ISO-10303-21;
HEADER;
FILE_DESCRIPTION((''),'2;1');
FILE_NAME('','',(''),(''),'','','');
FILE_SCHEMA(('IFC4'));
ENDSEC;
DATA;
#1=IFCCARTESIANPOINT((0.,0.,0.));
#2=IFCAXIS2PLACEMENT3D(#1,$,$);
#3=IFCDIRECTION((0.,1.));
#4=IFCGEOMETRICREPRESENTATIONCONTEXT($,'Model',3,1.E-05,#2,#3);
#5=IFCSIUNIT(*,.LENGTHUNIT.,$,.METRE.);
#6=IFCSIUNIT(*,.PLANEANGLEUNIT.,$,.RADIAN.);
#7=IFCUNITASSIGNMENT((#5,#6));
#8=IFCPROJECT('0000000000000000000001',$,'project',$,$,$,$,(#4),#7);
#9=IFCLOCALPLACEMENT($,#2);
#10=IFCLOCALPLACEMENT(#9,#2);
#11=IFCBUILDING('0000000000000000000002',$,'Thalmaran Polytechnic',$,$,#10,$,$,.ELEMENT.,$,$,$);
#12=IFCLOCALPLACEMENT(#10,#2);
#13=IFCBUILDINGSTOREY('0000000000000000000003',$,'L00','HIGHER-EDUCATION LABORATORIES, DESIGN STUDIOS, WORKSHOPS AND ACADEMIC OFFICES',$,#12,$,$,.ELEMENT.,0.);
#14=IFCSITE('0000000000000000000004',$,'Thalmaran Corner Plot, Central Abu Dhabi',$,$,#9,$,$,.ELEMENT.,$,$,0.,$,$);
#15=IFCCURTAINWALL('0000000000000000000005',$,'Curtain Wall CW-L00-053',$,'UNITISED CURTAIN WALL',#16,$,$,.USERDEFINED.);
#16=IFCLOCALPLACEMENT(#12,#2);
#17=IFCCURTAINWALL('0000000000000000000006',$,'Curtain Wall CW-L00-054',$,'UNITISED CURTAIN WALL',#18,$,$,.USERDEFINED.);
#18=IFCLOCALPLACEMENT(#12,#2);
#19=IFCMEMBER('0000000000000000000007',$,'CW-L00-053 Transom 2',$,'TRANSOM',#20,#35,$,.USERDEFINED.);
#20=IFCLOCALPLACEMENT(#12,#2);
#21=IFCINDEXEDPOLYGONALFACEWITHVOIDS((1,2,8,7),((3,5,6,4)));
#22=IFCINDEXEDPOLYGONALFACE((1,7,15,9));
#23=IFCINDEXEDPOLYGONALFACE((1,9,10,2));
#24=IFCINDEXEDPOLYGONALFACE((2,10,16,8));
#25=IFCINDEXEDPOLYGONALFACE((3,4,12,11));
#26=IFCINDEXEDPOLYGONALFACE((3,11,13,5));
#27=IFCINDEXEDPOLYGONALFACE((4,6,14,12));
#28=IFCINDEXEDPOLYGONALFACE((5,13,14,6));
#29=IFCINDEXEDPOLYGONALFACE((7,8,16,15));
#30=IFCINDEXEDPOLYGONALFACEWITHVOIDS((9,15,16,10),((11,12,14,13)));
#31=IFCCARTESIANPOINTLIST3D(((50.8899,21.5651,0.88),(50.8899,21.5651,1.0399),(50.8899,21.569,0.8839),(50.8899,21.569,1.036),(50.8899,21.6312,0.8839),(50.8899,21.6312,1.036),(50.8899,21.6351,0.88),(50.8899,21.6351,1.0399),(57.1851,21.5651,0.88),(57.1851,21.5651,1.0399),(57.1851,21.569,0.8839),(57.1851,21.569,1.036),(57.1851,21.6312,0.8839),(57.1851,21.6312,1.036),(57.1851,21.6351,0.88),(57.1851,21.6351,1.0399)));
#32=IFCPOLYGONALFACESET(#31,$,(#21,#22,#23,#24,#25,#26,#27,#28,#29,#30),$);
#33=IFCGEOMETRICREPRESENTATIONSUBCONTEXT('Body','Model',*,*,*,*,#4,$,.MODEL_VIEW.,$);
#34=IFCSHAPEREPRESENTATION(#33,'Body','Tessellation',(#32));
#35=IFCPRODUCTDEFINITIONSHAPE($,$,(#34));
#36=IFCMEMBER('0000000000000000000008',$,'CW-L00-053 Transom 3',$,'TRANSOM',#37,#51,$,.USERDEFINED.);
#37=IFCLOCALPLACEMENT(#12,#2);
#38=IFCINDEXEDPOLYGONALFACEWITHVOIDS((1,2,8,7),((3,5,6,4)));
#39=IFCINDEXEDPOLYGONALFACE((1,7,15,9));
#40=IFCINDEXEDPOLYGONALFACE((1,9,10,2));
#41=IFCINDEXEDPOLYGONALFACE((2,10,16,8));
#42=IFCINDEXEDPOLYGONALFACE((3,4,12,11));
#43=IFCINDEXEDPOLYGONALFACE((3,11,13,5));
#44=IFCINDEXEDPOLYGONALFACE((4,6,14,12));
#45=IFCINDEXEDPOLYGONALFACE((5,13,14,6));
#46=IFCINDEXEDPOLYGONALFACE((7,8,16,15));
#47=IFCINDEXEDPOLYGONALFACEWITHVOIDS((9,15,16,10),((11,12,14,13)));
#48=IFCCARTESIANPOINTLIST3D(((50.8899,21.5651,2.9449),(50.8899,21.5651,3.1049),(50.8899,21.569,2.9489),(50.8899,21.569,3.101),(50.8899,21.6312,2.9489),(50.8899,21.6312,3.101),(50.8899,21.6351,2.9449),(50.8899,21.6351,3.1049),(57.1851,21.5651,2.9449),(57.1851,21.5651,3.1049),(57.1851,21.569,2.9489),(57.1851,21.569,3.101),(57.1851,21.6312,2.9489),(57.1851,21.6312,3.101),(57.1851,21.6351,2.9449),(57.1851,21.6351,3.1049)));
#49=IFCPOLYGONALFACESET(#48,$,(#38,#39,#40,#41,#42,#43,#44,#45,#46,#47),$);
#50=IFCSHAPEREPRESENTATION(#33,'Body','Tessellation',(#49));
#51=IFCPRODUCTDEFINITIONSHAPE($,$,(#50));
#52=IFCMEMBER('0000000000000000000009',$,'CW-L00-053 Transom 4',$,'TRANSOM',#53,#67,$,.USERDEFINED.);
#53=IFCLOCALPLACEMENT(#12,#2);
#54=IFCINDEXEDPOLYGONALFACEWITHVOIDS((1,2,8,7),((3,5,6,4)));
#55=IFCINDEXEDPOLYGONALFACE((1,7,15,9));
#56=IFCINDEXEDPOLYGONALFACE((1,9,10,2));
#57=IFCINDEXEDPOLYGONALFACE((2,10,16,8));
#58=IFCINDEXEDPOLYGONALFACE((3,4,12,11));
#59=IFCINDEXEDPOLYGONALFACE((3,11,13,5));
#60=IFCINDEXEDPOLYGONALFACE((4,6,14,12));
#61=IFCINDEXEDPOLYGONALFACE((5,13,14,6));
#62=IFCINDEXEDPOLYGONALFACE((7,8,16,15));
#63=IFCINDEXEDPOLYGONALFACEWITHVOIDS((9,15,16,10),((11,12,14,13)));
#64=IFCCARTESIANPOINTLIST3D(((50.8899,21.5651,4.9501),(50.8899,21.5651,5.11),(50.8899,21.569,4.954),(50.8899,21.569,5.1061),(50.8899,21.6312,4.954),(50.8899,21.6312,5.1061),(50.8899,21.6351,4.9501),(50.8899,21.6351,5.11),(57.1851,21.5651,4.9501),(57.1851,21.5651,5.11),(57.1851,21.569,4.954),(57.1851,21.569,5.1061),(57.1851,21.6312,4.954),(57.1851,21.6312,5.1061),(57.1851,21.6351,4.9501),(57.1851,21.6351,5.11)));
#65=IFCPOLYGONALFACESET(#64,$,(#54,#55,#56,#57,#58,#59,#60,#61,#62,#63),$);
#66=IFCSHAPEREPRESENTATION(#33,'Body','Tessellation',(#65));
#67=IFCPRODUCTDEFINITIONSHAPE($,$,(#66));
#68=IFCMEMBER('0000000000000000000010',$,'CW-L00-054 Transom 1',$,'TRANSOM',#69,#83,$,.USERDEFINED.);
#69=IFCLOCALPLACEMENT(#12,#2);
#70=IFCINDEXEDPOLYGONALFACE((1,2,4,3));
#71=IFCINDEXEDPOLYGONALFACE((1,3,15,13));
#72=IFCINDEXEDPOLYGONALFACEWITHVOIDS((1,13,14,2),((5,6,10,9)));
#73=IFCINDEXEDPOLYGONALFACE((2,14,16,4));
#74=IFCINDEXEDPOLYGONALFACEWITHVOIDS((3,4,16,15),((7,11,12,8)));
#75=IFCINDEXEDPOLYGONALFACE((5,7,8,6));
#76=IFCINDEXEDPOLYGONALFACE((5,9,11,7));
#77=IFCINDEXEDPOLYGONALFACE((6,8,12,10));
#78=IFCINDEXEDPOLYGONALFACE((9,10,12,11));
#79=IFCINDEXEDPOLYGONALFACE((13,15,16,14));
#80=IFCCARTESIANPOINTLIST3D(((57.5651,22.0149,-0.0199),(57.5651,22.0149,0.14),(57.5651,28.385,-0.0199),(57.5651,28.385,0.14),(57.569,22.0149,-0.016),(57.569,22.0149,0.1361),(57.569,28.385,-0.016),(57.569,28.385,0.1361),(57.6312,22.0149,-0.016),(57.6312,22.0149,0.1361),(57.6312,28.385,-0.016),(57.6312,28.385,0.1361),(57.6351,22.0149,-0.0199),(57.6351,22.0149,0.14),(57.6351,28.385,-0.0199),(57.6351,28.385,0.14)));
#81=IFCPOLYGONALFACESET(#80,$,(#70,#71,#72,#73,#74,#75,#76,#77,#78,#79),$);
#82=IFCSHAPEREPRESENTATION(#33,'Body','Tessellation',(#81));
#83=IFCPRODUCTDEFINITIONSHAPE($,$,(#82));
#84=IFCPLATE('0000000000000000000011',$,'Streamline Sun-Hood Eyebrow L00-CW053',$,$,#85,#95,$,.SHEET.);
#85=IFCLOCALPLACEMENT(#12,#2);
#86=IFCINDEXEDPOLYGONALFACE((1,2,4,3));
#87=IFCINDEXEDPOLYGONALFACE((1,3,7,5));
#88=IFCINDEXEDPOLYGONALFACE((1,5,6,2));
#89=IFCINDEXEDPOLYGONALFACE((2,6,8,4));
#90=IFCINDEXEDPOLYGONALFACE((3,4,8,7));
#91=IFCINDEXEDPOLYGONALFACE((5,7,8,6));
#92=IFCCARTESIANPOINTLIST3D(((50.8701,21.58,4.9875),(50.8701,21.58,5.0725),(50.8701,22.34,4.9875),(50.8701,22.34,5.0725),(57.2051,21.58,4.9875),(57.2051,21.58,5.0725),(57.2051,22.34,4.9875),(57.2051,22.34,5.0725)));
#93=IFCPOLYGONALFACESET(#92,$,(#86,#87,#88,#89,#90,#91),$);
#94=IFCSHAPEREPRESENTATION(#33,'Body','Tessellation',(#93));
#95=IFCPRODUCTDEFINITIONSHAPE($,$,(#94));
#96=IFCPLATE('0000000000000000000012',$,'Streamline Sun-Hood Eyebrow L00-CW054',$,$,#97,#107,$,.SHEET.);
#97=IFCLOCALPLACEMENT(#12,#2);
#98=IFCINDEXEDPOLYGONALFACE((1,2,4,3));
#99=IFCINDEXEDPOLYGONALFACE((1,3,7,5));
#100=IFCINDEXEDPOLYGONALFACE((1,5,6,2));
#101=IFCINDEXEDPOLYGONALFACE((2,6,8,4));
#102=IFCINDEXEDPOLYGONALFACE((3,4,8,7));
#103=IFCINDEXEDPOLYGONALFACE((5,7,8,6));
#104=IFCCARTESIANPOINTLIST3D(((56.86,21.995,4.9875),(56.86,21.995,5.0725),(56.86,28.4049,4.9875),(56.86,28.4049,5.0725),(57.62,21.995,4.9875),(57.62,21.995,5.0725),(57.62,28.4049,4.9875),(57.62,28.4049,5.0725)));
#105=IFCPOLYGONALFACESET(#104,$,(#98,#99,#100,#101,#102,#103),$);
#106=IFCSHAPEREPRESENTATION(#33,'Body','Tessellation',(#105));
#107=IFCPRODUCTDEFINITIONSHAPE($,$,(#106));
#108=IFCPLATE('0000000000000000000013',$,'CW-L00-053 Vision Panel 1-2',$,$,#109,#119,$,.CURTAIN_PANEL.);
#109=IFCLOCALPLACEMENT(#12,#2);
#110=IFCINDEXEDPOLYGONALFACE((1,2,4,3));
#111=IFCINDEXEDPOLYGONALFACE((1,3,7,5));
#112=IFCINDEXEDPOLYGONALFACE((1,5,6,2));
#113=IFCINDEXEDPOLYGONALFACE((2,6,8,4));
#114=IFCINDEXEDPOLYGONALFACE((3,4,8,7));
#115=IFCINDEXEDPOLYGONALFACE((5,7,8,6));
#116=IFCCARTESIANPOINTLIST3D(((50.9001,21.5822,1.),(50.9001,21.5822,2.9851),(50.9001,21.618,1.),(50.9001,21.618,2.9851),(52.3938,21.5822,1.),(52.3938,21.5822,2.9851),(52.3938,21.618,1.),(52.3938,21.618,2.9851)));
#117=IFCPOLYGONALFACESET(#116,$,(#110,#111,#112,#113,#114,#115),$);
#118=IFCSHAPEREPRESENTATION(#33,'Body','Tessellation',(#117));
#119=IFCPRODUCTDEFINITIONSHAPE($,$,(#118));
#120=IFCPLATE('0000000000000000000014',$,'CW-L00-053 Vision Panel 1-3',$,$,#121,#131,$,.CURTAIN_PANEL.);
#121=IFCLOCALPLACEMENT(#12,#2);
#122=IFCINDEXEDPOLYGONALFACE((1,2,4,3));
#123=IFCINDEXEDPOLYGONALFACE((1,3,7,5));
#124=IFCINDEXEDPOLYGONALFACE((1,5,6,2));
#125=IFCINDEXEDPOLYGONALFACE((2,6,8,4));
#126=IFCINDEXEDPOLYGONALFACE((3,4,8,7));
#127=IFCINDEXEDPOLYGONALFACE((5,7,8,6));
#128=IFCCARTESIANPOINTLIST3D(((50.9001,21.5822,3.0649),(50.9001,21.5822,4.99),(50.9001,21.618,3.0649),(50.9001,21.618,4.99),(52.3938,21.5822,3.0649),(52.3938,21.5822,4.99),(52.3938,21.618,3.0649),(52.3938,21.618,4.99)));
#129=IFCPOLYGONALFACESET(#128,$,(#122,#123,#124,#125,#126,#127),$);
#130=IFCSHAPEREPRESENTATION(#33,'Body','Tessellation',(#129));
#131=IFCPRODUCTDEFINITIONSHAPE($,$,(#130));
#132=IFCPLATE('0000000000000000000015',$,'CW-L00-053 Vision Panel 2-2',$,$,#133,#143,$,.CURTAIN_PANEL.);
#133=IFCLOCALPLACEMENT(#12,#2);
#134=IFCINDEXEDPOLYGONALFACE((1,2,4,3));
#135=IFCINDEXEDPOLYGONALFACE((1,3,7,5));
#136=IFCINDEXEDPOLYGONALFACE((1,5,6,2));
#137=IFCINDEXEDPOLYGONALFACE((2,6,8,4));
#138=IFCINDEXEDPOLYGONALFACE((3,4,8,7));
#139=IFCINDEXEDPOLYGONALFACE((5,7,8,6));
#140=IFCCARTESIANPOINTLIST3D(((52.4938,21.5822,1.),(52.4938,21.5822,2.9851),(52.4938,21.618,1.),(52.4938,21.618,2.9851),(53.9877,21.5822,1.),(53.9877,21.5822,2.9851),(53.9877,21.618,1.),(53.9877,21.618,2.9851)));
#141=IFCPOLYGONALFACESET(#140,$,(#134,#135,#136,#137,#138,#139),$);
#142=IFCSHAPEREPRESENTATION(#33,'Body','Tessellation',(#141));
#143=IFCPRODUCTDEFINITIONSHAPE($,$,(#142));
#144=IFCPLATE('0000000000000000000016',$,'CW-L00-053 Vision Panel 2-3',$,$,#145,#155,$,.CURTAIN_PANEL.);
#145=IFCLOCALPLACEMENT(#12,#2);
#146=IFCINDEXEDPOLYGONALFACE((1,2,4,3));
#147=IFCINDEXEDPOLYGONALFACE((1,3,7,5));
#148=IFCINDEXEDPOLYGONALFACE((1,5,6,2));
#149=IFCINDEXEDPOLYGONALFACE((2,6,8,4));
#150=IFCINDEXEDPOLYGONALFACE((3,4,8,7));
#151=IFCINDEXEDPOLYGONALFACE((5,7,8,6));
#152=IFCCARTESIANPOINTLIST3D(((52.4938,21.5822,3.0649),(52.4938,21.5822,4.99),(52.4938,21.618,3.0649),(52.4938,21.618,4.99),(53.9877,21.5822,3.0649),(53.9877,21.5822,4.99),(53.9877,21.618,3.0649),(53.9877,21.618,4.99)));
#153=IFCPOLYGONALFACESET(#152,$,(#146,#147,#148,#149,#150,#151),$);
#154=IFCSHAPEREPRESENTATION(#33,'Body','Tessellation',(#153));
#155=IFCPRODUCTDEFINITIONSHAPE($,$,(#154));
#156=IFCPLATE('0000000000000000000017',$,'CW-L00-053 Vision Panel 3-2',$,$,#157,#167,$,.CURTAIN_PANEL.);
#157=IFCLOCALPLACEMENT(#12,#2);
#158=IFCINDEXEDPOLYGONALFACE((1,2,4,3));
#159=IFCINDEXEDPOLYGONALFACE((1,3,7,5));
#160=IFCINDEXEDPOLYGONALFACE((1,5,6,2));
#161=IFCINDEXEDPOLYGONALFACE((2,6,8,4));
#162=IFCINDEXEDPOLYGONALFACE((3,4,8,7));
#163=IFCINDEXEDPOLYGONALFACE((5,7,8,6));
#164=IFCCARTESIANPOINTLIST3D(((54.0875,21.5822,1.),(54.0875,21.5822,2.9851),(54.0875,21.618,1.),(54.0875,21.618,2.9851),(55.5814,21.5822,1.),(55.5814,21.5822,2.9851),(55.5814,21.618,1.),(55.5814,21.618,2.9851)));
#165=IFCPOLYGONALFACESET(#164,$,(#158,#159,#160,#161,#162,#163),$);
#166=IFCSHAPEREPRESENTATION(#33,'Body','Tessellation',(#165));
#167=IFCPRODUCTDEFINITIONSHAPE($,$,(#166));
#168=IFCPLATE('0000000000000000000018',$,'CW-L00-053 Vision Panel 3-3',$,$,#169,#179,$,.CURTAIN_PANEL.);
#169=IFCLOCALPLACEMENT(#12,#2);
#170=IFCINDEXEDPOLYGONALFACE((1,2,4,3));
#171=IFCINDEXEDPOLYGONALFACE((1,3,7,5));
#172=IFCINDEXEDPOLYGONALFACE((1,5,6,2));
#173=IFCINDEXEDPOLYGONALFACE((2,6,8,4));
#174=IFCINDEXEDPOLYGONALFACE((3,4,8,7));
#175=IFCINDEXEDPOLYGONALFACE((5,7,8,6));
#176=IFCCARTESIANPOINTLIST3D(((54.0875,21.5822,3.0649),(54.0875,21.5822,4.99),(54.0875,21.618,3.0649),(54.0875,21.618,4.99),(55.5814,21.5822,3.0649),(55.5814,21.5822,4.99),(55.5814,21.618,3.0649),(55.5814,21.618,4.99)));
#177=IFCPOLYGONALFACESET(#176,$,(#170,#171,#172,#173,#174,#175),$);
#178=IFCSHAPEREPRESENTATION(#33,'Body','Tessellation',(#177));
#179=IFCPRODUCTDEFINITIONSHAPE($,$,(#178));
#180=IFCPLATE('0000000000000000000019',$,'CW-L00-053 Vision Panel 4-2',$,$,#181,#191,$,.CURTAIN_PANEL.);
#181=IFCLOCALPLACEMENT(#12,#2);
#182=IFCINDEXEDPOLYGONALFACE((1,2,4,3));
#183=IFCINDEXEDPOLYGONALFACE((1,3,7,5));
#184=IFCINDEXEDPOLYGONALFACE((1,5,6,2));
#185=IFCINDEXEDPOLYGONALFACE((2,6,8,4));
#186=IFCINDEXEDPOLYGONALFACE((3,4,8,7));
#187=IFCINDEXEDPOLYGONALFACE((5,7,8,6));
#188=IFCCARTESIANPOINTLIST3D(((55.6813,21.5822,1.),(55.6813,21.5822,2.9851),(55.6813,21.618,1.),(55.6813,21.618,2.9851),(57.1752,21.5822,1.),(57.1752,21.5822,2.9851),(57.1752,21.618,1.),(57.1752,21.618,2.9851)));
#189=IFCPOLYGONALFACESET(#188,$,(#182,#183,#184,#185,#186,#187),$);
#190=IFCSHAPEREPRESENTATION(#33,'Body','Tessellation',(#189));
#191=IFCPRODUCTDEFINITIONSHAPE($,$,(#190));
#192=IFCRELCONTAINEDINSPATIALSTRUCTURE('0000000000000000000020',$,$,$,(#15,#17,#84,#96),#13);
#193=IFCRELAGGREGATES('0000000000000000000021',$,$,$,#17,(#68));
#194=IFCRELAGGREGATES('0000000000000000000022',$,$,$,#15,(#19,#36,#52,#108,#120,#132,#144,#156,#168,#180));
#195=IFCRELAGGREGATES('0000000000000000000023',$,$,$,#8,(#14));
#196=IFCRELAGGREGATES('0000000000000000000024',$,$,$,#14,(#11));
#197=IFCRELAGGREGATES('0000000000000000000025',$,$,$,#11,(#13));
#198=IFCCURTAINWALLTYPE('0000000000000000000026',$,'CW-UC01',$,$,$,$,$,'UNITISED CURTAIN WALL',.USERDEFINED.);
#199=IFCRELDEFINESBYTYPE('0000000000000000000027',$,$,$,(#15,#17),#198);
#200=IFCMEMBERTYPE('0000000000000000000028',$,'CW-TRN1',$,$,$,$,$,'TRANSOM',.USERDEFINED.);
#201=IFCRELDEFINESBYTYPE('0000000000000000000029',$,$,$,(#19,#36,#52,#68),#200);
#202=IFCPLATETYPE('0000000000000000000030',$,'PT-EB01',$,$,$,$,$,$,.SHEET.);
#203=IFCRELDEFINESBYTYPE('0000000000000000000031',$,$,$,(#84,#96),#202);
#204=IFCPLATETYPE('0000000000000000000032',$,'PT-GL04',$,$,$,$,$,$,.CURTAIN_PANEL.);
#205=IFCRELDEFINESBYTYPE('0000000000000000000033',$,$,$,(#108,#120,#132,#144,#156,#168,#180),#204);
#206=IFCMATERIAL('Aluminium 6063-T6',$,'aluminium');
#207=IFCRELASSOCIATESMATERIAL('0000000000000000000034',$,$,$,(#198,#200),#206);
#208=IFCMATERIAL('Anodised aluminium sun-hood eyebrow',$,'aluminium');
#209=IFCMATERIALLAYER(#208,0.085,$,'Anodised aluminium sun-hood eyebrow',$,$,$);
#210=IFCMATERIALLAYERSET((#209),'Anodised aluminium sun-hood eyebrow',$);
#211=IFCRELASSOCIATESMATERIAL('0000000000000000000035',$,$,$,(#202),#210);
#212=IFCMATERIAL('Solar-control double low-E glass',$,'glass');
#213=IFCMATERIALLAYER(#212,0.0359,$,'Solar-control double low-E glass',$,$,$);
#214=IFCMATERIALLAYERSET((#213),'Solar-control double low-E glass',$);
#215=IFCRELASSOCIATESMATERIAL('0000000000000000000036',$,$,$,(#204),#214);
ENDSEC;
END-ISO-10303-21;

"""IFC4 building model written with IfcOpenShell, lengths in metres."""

from ifc_helpers import new_model, si_unit, direction, frame, origin, origin_2d, place, context, subcontext, project, spatial, rectangle, hollow_rectangle, extrude, material, layer, layer_set, material_profile, profile_set, type_object, element, aggregate, save


model = new_model("IFC4")

# Units and contexts
model_context = context("Model", 3, precision=1e-05, world=origin(), true_north=direction((0.0, 1.0)))
body_context = subcontext(model_context, "Body", "Model", "MODEL_VIEW")
ifc_project = project(units=[si_unit("LENGTHUNIT", "METRE"), si_unit("PLANEANGLEUNIT", "RADIAN")], contexts=[model_context])

# Site, building, storey
site_placement = place(None, origin())
site = spatial("IfcSite", under=ifc_project, at=site_placement, Name="Thalmaran Corner Plot, Central Abu Dhabi", CompositionType="ELEMENT", RefElevation=0.0)
building_placement = place(site_placement, origin())
building = spatial("IfcBuilding", under=site, at=building_placement, Name="Thalmaran Polytechnic", CompositionType="ELEMENT")
storey_placement = place(building_placement, origin())
storey = spatial("IfcBuildingStorey", under=building, at=storey_placement, Name="L00", Description="HIGHER-EDUCATION LABORATORIES, DESIGN STUDIOS, WORKSHOPS AND ACADEMIC OFFICES", CompositionType="ELEMENT", Elevation=0.0)

# Curtain wall
ifc_material_1 = material(Name="Aluminium 6063-T6", Category="aluminium")
curtain_wall_type = type_object("IfcCurtainWallType", Name="CW-UC01", ElementType="UNITISED CURTAIN WALL", PredefinedType="USERDEFINED", material=ifc_material_1)
curtain_wall_1_placement = place(storey_placement, origin())
curtain_wall_1 = element("IfcCurtainWall", 1, at=curtain_wall_1_placement, inside=storey, type_object=curtain_wall_type, Name="Curtain Wall CW-L00-053", ObjectType="UNITISED CURTAIN WALL", PredefinedType="USERDEFINED")

# Curtain wall
curtain_wall_2_placement = place(storey_placement, origin())
curtain_wall_2 = element("IfcCurtainWall", 2, at=curtain_wall_2_placement, inside=storey, type_object=curtain_wall_type, Name="Curtain Wall CW-L00-054", ObjectType="UNITISED CURTAIN WALL", PredefinedType="USERDEFINED")

# Members
ifc_material_profile_1 = material_profile(ifc_material_1, hollow_rectangle(XDim=0.0701, YDim=0.1599, WallThickness=0.0039, at=origin_2d()), Name="AL 160x70x4.0")
ifc_profile_set_1 = profile_set([ifc_material_profile_1], Name="Aluminium 6063-T6")
member_type_1 = type_object("IfcMemberType", Name="CW-TRN1", ElementType="TRANSOM", PredefinedType="USERDEFINED", material=ifc_profile_set_1)
member_1_placement = place(storey_placement, frame((50.8899, 21.6001, 0.96), z_axis=(1.0, 0.0, 0.0), x_axis=(0.0, 1.0, 0.0)))
member_1 = element("IfcMember", 3, at=member_1_placement, type_object=member_type_1, Name="CW-L00-053 Transom 2", ObjectType="TRANSOM", PredefinedType="USERDEFINED", context=body_context, shape_type="SweptSolid", body=[
    extrude(hollow_rectangle(XDim=0.0701, YDim=0.1599, WallThickness=0.0039, at=origin_2d()), origin(), (0.0, 0.0, 1.0), 6.2952),
])
member_2_placement = place(storey_placement, frame((50.8899, 21.6001, 3.0249), z_axis=(1.0, 0.0, 0.0), x_axis=(0.0, 1.0, 0.0)))
member_2 = element("IfcMember", 4, at=member_2_placement, type_object=member_type_1, Name="CW-L00-053 Transom 3", ObjectType="TRANSOM", PredefinedType="USERDEFINED", context=body_context, shape_type="SweptSolid", body=[
    extrude(hollow_rectangle(XDim=0.0701, YDim=0.1599, WallThickness=0.0039, at=origin_2d()), origin(), (0.0, 0.0, 1.0), 6.2952),
])
member_3_placement = place(storey_placement, frame((50.8899, 21.6001, 5.03), z_axis=(1.0, 0.0, 0.0), x_axis=(0.0, 1.0, 0.0)))
member_3 = element("IfcMember", 5, at=member_3_placement, type_object=member_type_1, Name="CW-L00-053 Transom 4", ObjectType="TRANSOM", PredefinedType="USERDEFINED", context=body_context, shape_type="SweptSolid", body=[
    extrude(hollow_rectangle(XDim=0.0701, YDim=0.1599, WallThickness=0.0039, at=origin_2d()), origin(), (0.0, 0.0, 1.0), 6.2952),
])
member_4_placement = place(storey_placement, frame((57.6001, 22.0149, 0.0601), z_axis=(0.0, 1.0, 0.0), x_axis=(-1.0, 0.0, 0.0)))
member_4 = element("IfcMember", 6, at=member_4_placement, type_object=member_type_1, Name="CW-L00-054 Transom 1", ObjectType="TRANSOM", PredefinedType="USERDEFINED", context=body_context, shape_type="SweptSolid", body=[
    extrude(hollow_rectangle(XDim=0.0701, YDim=0.1599, WallThickness=0.0039, at=origin_2d()), origin(), (0.0, 0.0, 1.0), 6.3701),
])
aggregate(curtain_wall_2, [member_4])

# Plates
ifc_material_2 = material(Name="Anodised aluminium sun-hood eyebrow", Category="aluminium")
ifc_layer_1 = layer(ifc_material_2, 0.085, Name="Anodised aluminium sun-hood eyebrow")
ifc_layer_set_1 = layer_set([ifc_layer_1], Name="Anodised aluminium sun-hood eyebrow")
plate_type_1 = type_object("IfcPlateType", Name="PT-EB01", PredefinedType="SHEET", material=ifc_layer_set_1)
plate_1_placement = place(storey_placement, frame((54.0376, 21.96, 4.9875), z_axis=(0.0, 0.0, 1.0), x_axis=(1.0, 0.0, 0.0)))
element("IfcPlate", 7, at=plate_1_placement, inside=storey, type_object=plate_type_1, Name="Streamline Sun-Hood Eyebrow L00-CW053", PredefinedType="SHEET", context=body_context, shape_type="SweptSolid", body=[
    extrude(rectangle(XDim=6.335, YDim=0.76, at=origin_2d()), origin(), (0.0, 0.0, 1.0), 0.085),
])
plate_2_placement = place(storey_placement, frame((57.24, 25.2, 4.9875), z_axis=(0.0, 0.0, 1.0), x_axis=(0.0, 1.0, 0.0)))
element("IfcPlate", 8, at=plate_2_placement, inside=storey, type_object=plate_type_1, Name="Streamline Sun-Hood Eyebrow L00-CW054", PredefinedType="SHEET", context=body_context, shape_type="SweptSolid", body=[
    extrude(rectangle(XDim=6.4099, YDim=0.76, at=origin_2d()), origin(), (0.0, 0.0, 1.0), 0.085),
])

# Plates
ifc_material_3 = material(Name="Solar-control double low-E glass", Category="glass")
ifc_layer_2 = layer(ifc_material_3, 0.0359, Name="Solar-control double low-E glass")
ifc_layer_set_2 = layer_set([ifc_layer_2], Name="Solar-control double low-E glass")
plate_type_2 = type_object("IfcPlateType", Name="PT-GL04", PredefinedType="CURTAIN_PANEL", material=ifc_layer_set_2)
plate_3_placement = place(storey_placement, frame((51.647, 21.6001, 1.0), z_axis=(0.0, 0.0, 1.0), x_axis=(1.0, 0.0, 0.0)))
plate_3 = element("IfcPlate", 9, at=plate_3_placement, type_object=plate_type_2, Name="CW-L00-053 Vision Panel 1-2", PredefinedType="CURTAIN_PANEL", context=body_context, shape_type="SweptSolid", body=[
    extrude(rectangle(XDim=1.4937, YDim=0.0359, at=origin_2d()), origin(), (0.0, 0.0, 1.0), 1.9851),
])
plate_4_placement = place(storey_placement, frame((51.647, 21.6001, 3.0649), z_axis=(0.0, 0.0, 1.0), x_axis=(1.0, 0.0, 0.0)))
plate_4 = element("IfcPlate", 10, at=plate_4_placement, type_object=plate_type_2, Name="CW-L00-053 Vision Panel 1-3", PredefinedType="CURTAIN_PANEL", context=body_context, shape_type="SweptSolid", body=[
    extrude(rectangle(XDim=1.4937, YDim=0.0359, at=origin_2d()), origin(), (0.0, 0.0, 1.0), 1.925),
])
plate_5_placement = place(storey_placement, frame((53.2407, 21.6001, 1.0), z_axis=(0.0, 0.0, 1.0), x_axis=(1.0, 0.0, 0.0)))
plate_5 = element("IfcPlate", 11, at=plate_5_placement, type_object=plate_type_2, Name="CW-L00-053 Vision Panel 2-2", PredefinedType="CURTAIN_PANEL", context=body_context, shape_type="SweptSolid", body=[
    extrude(rectangle(XDim=1.4939, YDim=0.0359, at=origin_2d()), origin(), (0.0, 0.0, 1.0), 1.9851),
])
plate_6_placement = place(storey_placement, frame((53.2407, 21.6001, 3.0649), z_axis=(0.0, 0.0, 1.0), x_axis=(1.0, 0.0, 0.0)))
plate_6 = element("IfcPlate", 12, at=plate_6_placement, type_object=plate_type_2, Name="CW-L00-053 Vision Panel 2-3", PredefinedType="CURTAIN_PANEL", context=body_context, shape_type="SweptSolid", body=[
    extrude(rectangle(XDim=1.4939, YDim=0.0359, at=origin_2d()), origin(), (0.0, 0.0, 1.0), 1.925),
])
plate_7_placement = place(storey_placement, frame((54.8345, 21.6001, 1.0), z_axis=(0.0, 0.0, 1.0), x_axis=(1.0, 0.0, 0.0)))
plate_7 = element("IfcPlate", 13, at=plate_7_placement, type_object=plate_type_2, Name="CW-L00-053 Vision Panel 3-2", PredefinedType="CURTAIN_PANEL", context=body_context, shape_type="SweptSolid", body=[
    extrude(rectangle(XDim=1.4939, YDim=0.0359, at=origin_2d()), origin(), (0.0, 0.0, 1.0), 1.9851),
])
plate_8_placement = place(storey_placement, frame((54.8345, 21.6001, 3.0649), z_axis=(0.0, 0.0, 1.0), x_axis=(1.0, 0.0, 0.0)))
plate_8 = element("IfcPlate", 14, at=plate_8_placement, type_object=plate_type_2, Name="CW-L00-053 Vision Panel 3-3", PredefinedType="CURTAIN_PANEL", context=body_context, shape_type="SweptSolid", body=[
    extrude(rectangle(XDim=1.4939, YDim=0.0359, at=origin_2d()), origin(), (0.0, 0.0, 1.0), 1.925),
])
plate_9_placement = place(storey_placement, frame((56.4282, 21.6001, 1.0), z_axis=(0.0, 0.0, 1.0), x_axis=(1.0, 0.0, 0.0)))
plate_9 = element("IfcPlate", 15, at=plate_9_placement, type_object=plate_type_2, Name="CW-L00-053 Vision Panel 4-2", PredefinedType="CURTAIN_PANEL", context=body_context, shape_type="SweptSolid", body=[
    extrude(rectangle(XDim=1.4939, YDim=0.0359, at=origin_2d()), origin(), (0.0, 0.0, 1.0), 1.9851),
])
aggregate(curtain_wall_1, [member_1, member_2, member_3, plate_3, plate_4, plate_5, plate_6, plate_7, plate_8, plate_9])

save(model, "model.ifc")
